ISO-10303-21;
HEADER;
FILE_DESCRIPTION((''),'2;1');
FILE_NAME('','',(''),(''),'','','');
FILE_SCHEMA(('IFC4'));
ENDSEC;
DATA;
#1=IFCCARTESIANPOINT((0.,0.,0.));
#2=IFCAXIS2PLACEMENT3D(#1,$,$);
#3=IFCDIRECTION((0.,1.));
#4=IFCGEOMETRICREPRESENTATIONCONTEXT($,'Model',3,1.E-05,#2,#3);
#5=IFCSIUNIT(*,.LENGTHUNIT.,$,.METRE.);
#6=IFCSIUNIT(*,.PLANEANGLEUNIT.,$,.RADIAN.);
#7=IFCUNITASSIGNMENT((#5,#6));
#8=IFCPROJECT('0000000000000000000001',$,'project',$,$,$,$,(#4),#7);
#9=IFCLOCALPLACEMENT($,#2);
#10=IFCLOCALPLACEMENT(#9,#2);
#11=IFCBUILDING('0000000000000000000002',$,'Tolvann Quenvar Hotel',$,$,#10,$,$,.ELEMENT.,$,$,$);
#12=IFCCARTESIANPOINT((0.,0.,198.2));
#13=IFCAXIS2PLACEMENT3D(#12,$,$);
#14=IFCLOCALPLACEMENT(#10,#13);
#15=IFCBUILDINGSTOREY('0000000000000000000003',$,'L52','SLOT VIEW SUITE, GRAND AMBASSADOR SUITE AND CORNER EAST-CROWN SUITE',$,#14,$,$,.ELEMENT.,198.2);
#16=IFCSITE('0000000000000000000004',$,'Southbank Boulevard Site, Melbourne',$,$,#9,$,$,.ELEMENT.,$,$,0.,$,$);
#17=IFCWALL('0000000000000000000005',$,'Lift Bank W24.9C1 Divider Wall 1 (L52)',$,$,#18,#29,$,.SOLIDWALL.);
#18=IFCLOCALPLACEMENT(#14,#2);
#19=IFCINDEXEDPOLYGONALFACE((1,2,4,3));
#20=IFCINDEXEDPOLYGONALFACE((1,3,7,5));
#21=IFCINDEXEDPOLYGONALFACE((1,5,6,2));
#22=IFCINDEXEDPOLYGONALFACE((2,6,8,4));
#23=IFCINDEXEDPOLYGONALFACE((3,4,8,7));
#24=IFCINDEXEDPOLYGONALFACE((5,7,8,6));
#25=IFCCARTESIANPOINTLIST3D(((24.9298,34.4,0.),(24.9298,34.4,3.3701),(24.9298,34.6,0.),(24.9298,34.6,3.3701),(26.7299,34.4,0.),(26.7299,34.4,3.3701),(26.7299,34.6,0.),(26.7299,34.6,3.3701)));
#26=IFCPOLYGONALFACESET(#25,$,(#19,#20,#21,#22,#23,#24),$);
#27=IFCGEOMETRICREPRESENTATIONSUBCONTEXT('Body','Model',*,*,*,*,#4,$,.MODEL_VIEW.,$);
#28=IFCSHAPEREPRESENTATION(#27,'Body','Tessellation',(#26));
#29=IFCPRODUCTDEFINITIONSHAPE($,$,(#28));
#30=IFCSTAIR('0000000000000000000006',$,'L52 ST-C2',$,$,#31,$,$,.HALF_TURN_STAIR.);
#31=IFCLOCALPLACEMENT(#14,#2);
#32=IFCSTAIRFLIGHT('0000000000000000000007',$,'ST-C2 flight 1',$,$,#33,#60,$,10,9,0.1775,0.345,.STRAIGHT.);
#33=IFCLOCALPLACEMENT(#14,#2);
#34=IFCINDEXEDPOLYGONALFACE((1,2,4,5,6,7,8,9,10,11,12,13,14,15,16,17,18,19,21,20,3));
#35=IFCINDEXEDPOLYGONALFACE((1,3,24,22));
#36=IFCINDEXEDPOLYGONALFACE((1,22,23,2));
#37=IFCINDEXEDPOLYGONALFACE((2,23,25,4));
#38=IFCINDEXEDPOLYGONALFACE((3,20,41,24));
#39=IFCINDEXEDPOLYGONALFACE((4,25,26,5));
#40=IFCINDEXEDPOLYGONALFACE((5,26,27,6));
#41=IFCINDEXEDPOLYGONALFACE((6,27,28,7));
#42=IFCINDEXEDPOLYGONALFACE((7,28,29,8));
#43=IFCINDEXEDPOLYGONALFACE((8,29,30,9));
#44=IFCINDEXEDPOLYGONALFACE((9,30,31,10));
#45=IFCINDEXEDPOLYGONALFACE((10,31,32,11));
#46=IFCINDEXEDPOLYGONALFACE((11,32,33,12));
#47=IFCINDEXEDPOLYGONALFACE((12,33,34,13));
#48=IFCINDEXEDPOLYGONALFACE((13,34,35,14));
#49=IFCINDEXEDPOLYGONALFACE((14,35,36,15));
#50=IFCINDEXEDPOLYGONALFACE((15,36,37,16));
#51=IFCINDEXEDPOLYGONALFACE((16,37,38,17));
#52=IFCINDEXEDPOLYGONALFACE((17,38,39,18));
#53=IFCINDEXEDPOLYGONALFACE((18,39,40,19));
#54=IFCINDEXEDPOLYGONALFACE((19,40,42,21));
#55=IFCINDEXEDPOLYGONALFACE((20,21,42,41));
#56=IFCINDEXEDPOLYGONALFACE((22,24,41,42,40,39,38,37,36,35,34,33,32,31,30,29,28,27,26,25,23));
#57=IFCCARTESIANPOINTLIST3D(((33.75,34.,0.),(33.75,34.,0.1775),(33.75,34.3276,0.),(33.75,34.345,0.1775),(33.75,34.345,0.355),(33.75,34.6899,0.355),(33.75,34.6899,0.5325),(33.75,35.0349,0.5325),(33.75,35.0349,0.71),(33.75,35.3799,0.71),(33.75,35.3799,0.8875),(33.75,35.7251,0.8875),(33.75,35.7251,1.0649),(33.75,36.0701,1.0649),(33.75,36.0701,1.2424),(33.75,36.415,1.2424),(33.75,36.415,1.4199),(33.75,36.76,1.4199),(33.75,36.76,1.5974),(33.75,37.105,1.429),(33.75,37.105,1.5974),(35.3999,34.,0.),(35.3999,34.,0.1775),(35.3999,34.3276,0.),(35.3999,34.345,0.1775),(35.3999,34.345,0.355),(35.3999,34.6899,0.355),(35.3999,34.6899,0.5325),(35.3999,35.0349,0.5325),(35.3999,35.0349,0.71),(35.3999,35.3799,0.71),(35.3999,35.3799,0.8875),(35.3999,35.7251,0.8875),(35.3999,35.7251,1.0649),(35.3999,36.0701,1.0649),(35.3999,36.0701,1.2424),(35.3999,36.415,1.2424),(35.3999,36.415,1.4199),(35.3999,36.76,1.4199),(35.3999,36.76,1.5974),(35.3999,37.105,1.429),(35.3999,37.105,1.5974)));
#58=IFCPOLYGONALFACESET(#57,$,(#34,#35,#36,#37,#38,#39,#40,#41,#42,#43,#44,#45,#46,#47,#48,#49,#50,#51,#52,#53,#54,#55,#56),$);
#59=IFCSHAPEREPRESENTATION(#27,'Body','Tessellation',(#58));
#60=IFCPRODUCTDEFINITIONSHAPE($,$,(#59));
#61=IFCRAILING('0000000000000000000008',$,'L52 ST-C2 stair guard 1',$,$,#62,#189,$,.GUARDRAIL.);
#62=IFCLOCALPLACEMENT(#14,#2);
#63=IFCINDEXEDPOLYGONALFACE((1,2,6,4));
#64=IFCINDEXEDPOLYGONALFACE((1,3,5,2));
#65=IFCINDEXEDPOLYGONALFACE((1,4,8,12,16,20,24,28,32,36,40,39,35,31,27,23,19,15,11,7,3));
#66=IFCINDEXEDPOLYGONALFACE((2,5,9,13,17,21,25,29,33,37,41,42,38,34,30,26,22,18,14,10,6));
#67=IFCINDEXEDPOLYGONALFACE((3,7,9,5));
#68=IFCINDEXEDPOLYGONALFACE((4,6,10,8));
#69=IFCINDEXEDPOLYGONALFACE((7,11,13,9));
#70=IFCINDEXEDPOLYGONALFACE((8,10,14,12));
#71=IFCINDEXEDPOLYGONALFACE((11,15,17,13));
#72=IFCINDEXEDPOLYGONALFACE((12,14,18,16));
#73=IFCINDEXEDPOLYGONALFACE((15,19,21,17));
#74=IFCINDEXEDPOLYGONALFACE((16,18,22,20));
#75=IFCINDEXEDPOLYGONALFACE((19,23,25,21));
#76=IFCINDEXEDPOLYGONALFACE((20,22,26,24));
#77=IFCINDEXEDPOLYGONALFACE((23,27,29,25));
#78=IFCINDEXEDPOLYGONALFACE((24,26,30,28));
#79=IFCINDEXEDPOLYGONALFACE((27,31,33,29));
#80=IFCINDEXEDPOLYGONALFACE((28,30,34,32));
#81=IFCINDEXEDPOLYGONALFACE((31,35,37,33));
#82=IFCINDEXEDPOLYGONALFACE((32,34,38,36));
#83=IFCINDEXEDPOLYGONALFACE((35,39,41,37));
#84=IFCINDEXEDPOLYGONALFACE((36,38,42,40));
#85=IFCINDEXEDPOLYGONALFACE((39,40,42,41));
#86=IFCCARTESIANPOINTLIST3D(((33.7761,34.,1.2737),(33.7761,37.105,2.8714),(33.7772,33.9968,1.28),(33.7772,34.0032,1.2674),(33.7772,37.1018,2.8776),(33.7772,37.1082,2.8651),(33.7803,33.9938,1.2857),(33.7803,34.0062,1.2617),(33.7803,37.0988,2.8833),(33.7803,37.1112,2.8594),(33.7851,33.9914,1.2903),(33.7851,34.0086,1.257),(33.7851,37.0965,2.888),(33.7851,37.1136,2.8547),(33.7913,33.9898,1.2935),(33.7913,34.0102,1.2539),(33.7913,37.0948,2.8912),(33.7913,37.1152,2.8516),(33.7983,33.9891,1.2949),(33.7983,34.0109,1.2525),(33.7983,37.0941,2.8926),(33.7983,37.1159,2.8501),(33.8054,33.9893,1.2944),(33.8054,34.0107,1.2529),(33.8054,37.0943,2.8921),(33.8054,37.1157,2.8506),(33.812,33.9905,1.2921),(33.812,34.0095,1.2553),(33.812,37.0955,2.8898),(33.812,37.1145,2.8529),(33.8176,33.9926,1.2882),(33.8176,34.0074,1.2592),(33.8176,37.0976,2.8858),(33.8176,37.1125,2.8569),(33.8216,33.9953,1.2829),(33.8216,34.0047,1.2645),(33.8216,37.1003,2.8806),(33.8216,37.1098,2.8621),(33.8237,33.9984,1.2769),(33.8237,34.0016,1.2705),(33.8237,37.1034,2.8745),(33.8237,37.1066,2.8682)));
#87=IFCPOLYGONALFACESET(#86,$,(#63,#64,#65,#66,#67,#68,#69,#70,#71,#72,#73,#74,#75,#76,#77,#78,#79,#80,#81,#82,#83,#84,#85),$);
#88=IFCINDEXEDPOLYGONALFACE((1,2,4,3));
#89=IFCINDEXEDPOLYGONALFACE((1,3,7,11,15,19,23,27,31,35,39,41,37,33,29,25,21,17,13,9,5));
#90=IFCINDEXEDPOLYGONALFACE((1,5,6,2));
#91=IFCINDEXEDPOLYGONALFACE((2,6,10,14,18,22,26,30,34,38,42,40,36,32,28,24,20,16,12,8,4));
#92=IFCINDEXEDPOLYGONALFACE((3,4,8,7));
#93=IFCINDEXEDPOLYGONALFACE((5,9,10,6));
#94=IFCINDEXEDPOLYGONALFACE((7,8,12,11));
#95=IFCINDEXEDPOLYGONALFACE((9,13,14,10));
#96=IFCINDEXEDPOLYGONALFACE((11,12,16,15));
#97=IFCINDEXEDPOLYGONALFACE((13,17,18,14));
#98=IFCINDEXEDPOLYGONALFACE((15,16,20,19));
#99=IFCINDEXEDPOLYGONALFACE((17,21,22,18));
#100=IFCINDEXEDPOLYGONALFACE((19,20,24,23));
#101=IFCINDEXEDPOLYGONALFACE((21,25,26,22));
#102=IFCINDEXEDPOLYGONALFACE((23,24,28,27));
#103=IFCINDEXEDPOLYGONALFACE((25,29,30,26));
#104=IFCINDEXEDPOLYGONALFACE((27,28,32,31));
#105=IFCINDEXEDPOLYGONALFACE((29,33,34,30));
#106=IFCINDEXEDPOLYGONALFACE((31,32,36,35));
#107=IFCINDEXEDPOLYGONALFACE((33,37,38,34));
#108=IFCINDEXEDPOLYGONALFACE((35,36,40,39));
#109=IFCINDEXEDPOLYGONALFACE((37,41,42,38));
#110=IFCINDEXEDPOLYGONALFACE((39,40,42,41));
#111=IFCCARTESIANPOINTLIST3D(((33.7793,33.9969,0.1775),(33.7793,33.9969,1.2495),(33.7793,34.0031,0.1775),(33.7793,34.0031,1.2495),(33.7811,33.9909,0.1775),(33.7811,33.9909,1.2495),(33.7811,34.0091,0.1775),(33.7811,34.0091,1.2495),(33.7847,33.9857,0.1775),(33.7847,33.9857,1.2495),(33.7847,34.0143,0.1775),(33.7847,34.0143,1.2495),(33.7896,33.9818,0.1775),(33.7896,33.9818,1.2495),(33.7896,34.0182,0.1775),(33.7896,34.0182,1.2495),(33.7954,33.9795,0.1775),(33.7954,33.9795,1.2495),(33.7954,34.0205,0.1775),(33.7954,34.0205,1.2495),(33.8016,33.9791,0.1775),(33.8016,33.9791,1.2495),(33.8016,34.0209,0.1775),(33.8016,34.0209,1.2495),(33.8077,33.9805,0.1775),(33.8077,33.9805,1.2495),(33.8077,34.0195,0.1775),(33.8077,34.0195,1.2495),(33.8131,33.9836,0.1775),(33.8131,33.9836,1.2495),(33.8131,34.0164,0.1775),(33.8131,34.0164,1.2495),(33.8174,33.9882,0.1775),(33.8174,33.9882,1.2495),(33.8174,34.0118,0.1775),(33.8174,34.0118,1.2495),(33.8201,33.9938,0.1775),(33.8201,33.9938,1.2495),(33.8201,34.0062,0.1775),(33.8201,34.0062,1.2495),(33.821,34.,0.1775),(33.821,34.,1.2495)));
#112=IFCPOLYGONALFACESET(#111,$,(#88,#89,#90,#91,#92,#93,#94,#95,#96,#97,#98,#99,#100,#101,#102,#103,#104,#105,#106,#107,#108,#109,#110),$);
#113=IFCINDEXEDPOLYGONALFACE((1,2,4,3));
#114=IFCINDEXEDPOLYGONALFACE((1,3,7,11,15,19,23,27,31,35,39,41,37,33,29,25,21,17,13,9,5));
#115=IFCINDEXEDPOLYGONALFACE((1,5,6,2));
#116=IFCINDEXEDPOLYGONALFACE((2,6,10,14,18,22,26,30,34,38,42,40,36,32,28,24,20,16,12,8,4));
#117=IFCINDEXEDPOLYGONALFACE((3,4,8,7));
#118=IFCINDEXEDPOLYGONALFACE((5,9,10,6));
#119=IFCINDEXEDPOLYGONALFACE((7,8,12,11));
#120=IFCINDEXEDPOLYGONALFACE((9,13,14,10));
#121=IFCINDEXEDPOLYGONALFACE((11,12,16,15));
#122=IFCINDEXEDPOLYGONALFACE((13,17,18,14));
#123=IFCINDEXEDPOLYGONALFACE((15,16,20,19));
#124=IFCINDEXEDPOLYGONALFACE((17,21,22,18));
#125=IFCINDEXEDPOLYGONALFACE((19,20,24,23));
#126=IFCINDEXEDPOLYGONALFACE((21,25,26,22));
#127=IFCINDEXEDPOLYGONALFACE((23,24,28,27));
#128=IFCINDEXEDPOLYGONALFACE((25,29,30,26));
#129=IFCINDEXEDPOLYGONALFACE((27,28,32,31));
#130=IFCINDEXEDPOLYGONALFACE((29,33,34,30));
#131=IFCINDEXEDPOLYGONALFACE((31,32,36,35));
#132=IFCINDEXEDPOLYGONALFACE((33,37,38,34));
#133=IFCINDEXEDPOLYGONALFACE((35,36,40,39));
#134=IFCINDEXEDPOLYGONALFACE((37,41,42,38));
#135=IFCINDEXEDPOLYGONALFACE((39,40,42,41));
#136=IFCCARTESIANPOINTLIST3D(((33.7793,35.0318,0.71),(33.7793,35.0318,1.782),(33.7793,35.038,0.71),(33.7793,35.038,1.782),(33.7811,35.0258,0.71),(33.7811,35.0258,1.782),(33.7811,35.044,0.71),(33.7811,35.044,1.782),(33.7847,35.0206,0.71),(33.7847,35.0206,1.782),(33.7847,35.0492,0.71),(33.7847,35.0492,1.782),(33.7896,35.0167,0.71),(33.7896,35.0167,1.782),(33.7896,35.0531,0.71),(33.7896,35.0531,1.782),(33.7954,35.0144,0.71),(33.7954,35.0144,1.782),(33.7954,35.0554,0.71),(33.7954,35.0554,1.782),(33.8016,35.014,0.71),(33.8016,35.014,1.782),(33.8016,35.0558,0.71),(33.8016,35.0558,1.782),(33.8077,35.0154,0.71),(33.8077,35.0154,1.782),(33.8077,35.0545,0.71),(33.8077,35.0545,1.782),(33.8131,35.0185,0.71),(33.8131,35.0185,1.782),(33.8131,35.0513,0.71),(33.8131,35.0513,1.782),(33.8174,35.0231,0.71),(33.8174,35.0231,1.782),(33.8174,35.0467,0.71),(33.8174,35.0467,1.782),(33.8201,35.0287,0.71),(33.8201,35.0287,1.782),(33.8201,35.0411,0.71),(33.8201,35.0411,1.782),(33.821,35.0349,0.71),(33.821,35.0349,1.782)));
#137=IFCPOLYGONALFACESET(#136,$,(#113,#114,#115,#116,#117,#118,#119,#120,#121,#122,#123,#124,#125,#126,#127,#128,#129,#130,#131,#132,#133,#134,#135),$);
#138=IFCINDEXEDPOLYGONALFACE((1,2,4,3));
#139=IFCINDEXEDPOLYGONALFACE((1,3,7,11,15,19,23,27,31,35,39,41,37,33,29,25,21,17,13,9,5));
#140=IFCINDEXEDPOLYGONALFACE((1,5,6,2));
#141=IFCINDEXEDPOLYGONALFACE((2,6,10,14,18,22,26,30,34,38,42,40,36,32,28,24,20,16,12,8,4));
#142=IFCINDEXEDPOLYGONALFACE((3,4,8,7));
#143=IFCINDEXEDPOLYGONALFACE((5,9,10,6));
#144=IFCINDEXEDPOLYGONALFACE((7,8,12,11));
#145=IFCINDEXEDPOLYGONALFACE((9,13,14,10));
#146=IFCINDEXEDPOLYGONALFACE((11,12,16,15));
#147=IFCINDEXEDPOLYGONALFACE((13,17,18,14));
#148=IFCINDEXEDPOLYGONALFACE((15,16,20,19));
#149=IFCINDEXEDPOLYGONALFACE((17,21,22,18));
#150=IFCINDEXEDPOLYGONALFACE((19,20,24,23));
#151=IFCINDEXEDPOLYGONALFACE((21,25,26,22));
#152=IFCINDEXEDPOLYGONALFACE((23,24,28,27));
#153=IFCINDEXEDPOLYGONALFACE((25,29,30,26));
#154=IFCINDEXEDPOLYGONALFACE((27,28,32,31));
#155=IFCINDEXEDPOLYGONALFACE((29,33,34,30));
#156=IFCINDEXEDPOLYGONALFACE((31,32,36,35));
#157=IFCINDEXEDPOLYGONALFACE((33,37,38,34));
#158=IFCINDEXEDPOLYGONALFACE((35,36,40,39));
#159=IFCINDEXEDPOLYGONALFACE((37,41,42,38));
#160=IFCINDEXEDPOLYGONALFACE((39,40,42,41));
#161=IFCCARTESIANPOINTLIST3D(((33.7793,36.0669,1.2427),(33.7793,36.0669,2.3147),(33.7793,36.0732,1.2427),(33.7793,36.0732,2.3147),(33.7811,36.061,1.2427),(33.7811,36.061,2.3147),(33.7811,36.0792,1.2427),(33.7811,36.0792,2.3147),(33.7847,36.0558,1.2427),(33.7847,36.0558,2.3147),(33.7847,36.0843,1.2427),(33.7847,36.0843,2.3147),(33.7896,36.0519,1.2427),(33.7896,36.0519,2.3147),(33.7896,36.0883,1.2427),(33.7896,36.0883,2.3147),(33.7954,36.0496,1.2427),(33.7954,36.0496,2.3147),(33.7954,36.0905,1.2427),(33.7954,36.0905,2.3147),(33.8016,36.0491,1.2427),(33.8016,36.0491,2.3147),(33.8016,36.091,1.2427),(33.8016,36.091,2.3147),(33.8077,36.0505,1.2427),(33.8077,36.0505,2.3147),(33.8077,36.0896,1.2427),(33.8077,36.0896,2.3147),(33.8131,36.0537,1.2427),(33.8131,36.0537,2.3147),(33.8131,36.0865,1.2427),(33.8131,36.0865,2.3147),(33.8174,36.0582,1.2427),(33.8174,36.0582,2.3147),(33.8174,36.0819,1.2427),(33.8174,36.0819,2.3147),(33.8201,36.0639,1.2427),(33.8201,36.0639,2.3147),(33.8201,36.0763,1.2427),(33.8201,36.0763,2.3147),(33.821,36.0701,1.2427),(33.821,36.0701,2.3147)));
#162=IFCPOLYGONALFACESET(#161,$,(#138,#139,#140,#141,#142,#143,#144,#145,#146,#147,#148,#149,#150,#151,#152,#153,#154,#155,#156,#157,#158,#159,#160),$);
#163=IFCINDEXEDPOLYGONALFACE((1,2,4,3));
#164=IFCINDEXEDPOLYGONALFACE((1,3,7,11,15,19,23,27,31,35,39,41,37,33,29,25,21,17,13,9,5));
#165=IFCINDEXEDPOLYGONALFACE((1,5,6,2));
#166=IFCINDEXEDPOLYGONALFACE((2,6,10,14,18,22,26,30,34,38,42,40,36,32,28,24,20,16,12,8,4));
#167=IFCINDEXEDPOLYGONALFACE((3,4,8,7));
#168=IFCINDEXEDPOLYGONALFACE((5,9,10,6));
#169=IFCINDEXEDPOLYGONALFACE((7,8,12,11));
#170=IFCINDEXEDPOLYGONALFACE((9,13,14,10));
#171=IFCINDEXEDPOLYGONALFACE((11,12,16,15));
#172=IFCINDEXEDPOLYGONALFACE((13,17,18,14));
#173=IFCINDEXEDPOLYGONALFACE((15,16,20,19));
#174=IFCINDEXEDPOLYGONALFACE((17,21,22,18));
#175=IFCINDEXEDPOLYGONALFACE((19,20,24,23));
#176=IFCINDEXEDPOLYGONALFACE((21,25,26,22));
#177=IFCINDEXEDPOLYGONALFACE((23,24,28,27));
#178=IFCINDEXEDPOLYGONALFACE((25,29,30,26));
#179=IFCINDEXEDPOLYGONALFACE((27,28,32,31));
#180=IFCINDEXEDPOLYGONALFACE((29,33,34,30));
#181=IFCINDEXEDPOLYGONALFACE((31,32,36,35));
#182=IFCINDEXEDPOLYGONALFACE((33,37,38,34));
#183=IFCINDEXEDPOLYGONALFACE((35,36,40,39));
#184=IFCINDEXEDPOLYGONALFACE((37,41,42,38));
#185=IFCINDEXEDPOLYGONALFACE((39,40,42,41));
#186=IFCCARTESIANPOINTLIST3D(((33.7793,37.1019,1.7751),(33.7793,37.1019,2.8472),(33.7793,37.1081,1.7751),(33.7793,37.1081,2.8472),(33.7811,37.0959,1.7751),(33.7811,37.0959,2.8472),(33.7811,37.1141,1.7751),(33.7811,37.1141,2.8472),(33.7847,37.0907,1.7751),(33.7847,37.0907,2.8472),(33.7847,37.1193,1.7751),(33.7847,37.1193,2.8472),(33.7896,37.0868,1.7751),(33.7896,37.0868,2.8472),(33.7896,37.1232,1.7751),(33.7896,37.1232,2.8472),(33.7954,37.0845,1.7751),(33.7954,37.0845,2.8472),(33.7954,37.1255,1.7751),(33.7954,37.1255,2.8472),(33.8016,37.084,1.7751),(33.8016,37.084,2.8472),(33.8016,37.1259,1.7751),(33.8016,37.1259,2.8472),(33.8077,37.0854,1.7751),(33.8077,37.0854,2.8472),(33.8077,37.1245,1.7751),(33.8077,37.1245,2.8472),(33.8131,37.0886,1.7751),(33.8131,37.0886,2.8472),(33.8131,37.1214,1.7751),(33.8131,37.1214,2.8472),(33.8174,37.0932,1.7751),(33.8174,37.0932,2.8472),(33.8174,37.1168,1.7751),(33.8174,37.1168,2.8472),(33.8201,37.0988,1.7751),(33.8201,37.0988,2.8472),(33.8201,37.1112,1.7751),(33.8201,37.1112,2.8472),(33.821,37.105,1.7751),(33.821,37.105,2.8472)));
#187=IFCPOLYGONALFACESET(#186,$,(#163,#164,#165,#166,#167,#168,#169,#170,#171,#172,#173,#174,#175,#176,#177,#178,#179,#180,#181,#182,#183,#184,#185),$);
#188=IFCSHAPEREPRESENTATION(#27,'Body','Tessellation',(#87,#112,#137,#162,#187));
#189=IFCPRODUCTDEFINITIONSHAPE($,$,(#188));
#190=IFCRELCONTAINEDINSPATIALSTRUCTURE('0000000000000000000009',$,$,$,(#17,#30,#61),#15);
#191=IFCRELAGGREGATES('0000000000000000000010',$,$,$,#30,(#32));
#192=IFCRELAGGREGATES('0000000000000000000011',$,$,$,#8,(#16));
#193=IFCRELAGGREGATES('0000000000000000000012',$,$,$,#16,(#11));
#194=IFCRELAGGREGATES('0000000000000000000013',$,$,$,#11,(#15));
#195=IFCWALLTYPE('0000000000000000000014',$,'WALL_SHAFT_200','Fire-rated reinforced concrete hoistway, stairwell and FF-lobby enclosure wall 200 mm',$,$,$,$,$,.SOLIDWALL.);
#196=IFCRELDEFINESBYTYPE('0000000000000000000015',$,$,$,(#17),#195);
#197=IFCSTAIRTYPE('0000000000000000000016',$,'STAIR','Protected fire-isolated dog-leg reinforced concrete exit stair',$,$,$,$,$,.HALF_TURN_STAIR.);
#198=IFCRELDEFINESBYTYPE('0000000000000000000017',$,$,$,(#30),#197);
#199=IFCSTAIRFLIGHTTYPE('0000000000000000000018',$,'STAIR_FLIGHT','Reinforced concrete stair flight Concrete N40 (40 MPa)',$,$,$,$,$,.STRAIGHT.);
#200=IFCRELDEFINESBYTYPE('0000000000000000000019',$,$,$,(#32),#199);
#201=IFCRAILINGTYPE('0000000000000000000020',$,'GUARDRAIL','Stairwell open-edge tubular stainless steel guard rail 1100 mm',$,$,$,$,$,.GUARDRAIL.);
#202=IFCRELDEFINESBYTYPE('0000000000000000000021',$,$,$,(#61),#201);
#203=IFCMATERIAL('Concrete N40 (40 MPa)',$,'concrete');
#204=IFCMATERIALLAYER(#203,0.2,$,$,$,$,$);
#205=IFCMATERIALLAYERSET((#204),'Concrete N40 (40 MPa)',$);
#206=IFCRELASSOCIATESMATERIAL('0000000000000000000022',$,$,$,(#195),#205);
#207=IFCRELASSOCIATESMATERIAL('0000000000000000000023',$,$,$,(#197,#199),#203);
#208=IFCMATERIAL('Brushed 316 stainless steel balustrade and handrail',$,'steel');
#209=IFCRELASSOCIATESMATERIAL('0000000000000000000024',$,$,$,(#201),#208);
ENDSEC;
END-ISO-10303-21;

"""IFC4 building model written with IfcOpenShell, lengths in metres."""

from ifc_helpers import new_model, si_unit, direction, frame, frame_2d, origin, origin_2d, place, context, subcontext, project, spatial, polyline, rectangle, circle, outline, extrude, material, layer, layer_set, type_object, element, aggregate, save


model = new_model("IFC4")

# Units and contexts
model_context = context("Model", 3, precision=1e-05, world=origin(), true_north=direction((0.0, 1.0)))
body_context = subcontext(model_context, "Body", "Model", "MODEL_VIEW")
ifc_project = project(units=[si_unit("LENGTHUNIT", "METRE"), si_unit("PLANEANGLEUNIT", "RADIAN")], contexts=[model_context])

# Site, building, storey
site_placement = place(None, origin())
site = spatial("IfcSite", under=ifc_project, at=site_placement, Name="Southbank Boulevard Site, Melbourne", CompositionType="ELEMENT", RefElevation=0.0)
building_placement = place(site_placement, origin())
building = spatial("IfcBuilding", under=site, at=building_placement, Name="Tolvann Quenvar Hotel", CompositionType="ELEMENT")
storey_placement = place(building_placement, frame((0.0, 0.0, 198.2)))
storey = spatial("IfcBuildingStorey", under=building, at=storey_placement, Name="L52", Description="SLOT VIEW SUITE, GRAND AMBASSADOR SUITE AND CORNER EAST-CROWN SUITE", CompositionType="ELEMENT", Elevation=198.2)

# Shared definitions
ifc_material_1 = material(Name="Concrete N40 (40 MPa)", Category="concrete")
ifc_layer_1 = layer(ifc_material_1, 0.2)
ifc_layer_set_1 = layer_set([ifc_layer_1], Name="Concrete N40 (40 MPa)")
wall_type_1 = type_object("IfcWallType", Name="WALL_SHAFT_200", Description="Fire-rated reinforced concrete hoistway, stairwell and FF-lobby enclosure wall 200 mm", PredefinedType="SOLIDWALL", material=ifc_layer_set_1)

# Wall
wall_1_placement = place(storey_placement, frame((24.9299, 34.5, 0.0), z_axis=(0.0, 0.0, 1.0), x_axis=(1.0, 0.0, 0.0)))
element("IfcWall", 1, at=wall_1_placement, inside=storey, type_object=wall_type_1, Name="Lift Bank W24.9C1 Divider Wall 1 (L52)", PredefinedType="SOLIDWALL", context=body_context, shape_type="SweptSolid", body=[
    extrude(rectangle(XDim=1.8, YDim=0.2, at=frame_2d((0.8999, 0.0))), origin(), (0.0, 0.0, 1.0), 3.3701),
])

# Stair, stair flight
stair_type = type_object("IfcStairType", Name="STAIR", Description="Protected fire-isolated dog-leg reinforced concrete exit stair", PredefinedType="HALF_TURN_STAIR", material=ifc_material_1)
stair_placement = place(storey_placement, origin())
stair = element("IfcStair", 2, at=stair_placement, inside=storey, type_object=stair_type, Name="L52 ST-C2", PredefinedType="HALF_TURN_STAIR")
stair_flight_type = type_object("IfcStairFlightType", Name="STAIR_FLIGHT", Description="Reinforced concrete stair flight Concrete N40 (40 MPa)", PredefinedType="STRAIGHT", material=ifc_material_1)
stair_flight_placement = place(storey_placement, frame((34.575, 34.0, 0.0), z_axis=(0.0, 0.0, 1.0), x_axis=(0.0, 1.0, 0.0)))
stair_flight = element("IfcStairFlight", 3, at=stair_flight_placement, type_object=stair_flight_type, Name="ST-C2 flight 1", NumberOfRisers=10, NumberOfTreads=9, PredefinedType="STRAIGHT", RiserHeight=0.1775, TreadLength=0.345, context=body_context, shape_type="SweptSolid", body=[
    extrude(outline(polyline([(0.0, 0.0), (0.0, 0.1775), (0.345, 0.1775), (0.345, 0.355), (0.6899, 0.355), (0.6899, 0.5325), (1.0349, 0.5325), (1.0349, 0.71), (1.3799, 0.71), (1.3799, 0.8875), (1.7251, 0.8875), (1.7251, 1.0649), (2.0701, 1.0649), (2.0701, 1.2424), (2.415, 1.2424), (2.415, 1.4199), (2.76, 1.4199), (2.76, 1.5974), (3.105, 1.5974), (3.105, 1.7749), (3.105, 1.429), (0.3276, 0.0), (0.0, 0.0)])), frame((0.0, 0.825, 0.0), z_axis=(0.0, -1.0, 0.0), x_axis=(1.0, 0.0, 0.0)), (0.0, 0.0, 1.0), 1.6499),
])
aggregate(stair, [stair_flight])

# Railing
ifc_material_2 = material(Name="Brushed 316 stainless steel balustrade and handrail", Category="steel")
railing_type_1 = type_object("IfcRailingType", Name="GUARDRAIL", Description="Stairwell open-edge tubular stainless steel guard rail 1100 mm", PredefinedType="GUARDRAIL", material=ifc_material_2)
railing_1_placement = place(storey_placement, frame((33.8, 34.0, 0.1775)))
element("IfcRailing", 4, at=railing_1_placement, inside=storey, type_object=railing_type_1, Name="L52 ST-C2 stair guard 1", PredefinedType="GUARDRAIL", context=body_context, shape_type="SweptSolid", body=[
    extrude(circle(Radius=0.0239, at=origin_2d()), frame((0.0, 0.0, 1.0962), z_axis=(0.0, 0.889194, 0.457531), x_axis=(-1.0, 0.0, 0.0)), (0.0, 0.0, 1.0), 3.4919),
    extrude(circle(Radius=0.021, at=origin_2d()), origin(), (0.0, 0.0, 1.0), 1.072),
    extrude(circle(Radius=0.021, at=origin_2d()), frame((0.0, 1.0349, 0.5325)), (0.0, 0.0, 1.0), 1.072),
    extrude(circle(Radius=0.021, at=origin_2d()), frame((0.0, 2.0701, 1.0652)), (0.0, 0.0, 1.0), 1.072),
    extrude(circle(Radius=0.021, at=origin_2d()), frame((0.0, 3.105, 1.5977)), (0.0, 0.0, 1.0), 1.072),
])

save(model, "model.ifc")
